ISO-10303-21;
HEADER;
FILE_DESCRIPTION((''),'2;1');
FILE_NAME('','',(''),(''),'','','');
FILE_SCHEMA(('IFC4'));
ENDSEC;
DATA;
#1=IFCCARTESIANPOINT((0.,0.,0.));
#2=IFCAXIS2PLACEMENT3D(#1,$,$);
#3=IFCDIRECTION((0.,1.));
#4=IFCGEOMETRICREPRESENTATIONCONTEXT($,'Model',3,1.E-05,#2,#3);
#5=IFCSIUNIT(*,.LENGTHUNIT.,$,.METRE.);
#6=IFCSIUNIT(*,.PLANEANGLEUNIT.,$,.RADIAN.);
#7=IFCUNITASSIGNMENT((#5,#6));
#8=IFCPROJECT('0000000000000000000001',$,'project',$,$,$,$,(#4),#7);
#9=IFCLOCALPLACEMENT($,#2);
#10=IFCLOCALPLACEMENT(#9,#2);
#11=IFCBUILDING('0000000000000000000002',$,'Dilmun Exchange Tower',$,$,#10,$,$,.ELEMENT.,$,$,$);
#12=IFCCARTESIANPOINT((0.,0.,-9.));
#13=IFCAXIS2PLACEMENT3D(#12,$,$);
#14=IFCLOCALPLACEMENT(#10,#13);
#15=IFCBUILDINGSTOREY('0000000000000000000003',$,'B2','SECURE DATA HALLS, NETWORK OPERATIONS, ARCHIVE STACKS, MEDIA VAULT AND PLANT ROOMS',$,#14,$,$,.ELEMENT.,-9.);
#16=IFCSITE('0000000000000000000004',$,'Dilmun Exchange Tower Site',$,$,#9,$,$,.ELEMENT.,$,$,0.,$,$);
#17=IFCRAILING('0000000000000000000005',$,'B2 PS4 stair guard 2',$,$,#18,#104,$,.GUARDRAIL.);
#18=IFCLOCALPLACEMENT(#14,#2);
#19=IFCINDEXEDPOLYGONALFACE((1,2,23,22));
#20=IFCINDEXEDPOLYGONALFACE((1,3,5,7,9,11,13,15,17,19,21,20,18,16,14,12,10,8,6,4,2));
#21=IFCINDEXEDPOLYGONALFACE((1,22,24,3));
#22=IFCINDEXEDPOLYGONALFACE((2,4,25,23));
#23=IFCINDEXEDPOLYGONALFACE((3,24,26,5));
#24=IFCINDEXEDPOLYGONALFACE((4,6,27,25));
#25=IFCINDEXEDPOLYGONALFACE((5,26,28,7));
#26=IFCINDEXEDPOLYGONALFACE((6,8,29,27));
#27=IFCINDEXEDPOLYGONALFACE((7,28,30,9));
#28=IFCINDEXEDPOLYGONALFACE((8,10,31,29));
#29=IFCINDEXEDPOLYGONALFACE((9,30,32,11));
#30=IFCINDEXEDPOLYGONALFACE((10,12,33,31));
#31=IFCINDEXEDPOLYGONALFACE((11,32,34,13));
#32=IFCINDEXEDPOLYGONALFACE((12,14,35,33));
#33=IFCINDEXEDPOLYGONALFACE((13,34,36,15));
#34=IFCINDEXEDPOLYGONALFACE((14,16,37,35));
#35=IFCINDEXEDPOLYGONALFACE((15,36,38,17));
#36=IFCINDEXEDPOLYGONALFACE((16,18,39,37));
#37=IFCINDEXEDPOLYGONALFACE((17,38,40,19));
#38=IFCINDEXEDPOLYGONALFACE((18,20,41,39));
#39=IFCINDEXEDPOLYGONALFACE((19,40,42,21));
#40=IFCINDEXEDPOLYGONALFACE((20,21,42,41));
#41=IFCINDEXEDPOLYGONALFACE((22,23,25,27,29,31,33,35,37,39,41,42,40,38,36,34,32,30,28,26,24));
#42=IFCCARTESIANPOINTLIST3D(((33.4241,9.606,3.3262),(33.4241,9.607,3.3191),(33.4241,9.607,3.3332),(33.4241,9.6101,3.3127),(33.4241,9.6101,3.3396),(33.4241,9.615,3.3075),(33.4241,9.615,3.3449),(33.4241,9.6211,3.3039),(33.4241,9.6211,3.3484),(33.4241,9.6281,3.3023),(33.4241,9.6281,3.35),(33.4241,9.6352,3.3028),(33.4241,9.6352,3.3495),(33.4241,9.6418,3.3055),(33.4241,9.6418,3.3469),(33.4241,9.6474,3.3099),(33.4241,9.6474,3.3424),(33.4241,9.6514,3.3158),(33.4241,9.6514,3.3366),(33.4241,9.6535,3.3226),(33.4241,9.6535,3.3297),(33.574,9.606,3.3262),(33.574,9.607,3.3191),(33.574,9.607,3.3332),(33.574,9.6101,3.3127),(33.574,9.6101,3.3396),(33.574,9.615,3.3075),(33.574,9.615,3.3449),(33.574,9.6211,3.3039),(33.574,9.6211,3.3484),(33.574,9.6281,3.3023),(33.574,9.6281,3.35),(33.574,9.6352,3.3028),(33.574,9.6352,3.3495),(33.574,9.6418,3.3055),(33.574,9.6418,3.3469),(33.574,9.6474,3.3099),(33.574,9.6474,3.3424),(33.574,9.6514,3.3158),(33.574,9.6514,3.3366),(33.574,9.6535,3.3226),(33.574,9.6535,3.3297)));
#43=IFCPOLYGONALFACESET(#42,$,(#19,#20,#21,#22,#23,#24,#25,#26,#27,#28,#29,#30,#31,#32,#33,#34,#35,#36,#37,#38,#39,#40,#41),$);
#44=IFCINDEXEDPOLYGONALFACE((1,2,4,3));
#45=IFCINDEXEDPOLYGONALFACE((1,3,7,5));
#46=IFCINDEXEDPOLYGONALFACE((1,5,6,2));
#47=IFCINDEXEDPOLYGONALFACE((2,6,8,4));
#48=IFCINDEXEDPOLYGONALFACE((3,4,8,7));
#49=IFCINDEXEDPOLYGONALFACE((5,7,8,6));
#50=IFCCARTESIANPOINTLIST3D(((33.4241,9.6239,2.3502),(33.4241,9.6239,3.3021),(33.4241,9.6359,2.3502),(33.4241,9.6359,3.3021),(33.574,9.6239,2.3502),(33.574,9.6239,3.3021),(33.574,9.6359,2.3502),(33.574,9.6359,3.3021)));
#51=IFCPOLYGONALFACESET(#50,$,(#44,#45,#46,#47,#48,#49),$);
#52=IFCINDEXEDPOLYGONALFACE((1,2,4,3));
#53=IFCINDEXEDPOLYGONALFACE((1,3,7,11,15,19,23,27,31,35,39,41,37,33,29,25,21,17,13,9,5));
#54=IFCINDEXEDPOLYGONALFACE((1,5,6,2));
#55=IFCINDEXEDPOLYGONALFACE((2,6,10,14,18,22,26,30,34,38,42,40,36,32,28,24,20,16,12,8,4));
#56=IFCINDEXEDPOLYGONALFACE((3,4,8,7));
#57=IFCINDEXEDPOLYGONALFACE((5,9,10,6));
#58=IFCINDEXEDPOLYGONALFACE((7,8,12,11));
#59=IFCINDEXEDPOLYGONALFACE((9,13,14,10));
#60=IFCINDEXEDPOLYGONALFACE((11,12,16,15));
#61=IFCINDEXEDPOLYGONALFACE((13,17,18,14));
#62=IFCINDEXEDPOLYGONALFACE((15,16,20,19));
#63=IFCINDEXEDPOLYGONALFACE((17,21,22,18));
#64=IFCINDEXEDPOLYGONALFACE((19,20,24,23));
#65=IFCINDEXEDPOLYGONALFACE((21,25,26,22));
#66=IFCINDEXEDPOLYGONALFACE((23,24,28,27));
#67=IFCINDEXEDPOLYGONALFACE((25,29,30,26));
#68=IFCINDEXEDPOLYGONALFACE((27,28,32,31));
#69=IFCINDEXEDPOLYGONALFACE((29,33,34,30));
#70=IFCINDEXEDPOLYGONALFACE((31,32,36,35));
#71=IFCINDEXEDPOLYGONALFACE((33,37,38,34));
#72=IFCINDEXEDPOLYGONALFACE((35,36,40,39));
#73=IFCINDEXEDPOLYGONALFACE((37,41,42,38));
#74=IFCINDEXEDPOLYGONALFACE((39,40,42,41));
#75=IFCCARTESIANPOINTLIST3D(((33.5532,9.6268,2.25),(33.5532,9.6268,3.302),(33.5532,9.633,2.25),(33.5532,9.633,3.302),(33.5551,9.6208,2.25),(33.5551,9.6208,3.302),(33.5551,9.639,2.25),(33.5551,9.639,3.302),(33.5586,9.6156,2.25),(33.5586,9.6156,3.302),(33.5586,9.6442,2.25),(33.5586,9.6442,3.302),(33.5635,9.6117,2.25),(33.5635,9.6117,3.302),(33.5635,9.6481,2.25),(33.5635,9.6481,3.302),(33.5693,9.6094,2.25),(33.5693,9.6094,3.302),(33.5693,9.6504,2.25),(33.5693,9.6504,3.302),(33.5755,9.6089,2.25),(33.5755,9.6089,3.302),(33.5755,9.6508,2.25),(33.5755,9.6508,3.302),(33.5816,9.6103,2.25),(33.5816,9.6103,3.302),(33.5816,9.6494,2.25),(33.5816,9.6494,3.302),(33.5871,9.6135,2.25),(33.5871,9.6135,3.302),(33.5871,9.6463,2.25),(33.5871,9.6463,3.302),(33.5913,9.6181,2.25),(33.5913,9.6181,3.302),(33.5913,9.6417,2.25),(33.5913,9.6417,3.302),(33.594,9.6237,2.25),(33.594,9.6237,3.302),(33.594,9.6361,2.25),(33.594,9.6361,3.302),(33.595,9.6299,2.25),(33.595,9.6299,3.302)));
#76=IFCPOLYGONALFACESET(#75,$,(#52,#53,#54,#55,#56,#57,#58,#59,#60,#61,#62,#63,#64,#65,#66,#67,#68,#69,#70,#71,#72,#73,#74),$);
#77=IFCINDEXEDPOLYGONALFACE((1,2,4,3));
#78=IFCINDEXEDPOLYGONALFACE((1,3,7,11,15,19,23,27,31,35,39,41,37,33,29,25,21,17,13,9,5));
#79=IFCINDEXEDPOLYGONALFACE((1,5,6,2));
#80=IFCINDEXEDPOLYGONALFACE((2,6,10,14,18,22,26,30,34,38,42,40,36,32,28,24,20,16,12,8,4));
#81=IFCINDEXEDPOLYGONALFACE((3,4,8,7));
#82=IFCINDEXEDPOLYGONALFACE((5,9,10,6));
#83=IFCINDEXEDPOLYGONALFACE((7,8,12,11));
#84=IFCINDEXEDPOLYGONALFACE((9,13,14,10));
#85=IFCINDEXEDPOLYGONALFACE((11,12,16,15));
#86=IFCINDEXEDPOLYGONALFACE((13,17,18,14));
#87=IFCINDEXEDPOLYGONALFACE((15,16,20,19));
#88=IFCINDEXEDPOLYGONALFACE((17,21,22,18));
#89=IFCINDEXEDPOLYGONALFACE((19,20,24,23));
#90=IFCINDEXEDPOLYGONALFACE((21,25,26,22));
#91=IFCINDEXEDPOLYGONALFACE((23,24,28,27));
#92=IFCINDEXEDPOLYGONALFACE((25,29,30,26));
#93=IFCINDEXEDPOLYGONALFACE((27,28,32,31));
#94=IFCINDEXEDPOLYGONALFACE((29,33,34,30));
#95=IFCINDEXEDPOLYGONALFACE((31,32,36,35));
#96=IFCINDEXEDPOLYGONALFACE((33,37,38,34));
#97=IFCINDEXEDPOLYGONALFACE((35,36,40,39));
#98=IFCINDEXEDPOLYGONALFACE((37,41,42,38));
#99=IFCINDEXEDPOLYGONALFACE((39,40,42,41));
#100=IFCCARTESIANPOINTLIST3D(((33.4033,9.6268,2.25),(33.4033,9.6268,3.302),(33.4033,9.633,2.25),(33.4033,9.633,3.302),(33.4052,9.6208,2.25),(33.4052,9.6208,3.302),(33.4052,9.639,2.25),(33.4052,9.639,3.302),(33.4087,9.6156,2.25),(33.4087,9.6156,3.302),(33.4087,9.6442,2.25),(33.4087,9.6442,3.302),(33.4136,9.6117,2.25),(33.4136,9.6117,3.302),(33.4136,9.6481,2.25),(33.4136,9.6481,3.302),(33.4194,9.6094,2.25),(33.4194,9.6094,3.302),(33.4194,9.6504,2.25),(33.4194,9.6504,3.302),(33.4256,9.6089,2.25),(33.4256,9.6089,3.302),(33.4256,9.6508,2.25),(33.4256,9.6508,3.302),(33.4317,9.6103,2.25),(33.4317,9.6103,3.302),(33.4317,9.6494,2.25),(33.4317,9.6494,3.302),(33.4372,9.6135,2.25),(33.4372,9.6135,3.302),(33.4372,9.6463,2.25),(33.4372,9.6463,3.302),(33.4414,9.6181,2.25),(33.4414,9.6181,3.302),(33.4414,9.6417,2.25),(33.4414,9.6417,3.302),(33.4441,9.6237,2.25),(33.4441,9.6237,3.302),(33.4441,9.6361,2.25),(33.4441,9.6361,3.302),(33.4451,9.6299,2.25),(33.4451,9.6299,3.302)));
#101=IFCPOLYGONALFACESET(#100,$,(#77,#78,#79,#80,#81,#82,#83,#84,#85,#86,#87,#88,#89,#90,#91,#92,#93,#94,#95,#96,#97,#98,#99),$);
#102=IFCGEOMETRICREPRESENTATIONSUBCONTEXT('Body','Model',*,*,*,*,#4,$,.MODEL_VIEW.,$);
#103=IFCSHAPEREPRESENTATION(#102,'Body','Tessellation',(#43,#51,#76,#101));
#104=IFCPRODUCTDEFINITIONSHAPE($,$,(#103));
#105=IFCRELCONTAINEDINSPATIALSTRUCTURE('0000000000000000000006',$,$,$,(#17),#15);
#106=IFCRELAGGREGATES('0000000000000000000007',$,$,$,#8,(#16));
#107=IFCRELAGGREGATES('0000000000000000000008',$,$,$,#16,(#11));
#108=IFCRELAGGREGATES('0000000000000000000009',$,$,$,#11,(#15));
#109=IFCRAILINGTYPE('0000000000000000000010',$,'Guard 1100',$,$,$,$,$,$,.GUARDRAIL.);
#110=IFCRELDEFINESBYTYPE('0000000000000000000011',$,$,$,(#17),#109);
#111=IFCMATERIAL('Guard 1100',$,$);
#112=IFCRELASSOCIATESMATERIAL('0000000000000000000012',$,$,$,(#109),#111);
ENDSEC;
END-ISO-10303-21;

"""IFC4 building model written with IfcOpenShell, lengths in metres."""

from ifc_helpers import new_model, si_unit, direction, frame, origin, origin_2d, place, context, subcontext, project, spatial, rectangle, circle, extrude, material, type_object, element, save


model = new_model("IFC4")

# Units and contexts
model_context = context("Model", 3, precision=1e-05, world=origin(), true_north=direction((0.0, 1.0)))
body_context = subcontext(model_context, "Body", "Model", "MODEL_VIEW")
ifc_project = project(units=[si_unit("LENGTHUNIT", "METRE"), si_unit("PLANEANGLEUNIT", "RADIAN")], contexts=[model_context])

# Site, building, storey
site_placement = place(None, origin())
site = spatial("IfcSite", under=ifc_project, at=site_placement, Name="Dilmun Exchange Tower Site", CompositionType="ELEMENT", RefElevation=0.0)
building_placement = place(site_placement, origin())
building = spatial("IfcBuilding", under=site, at=building_placement, Name="Dilmun Exchange Tower", CompositionType="ELEMENT")
storey_placement = place(building_placement, frame((0.0, 0.0, -9.0)))
storey = spatial("IfcBuildingStorey", under=building, at=storey_placement, Name="B2", Description="SECURE DATA HALLS, NETWORK OPERATIONS, ARCHIVE STACKS, MEDIA VAULT AND PLANT ROOMS", CompositionType="ELEMENT", Elevation=-9.0)

# Railing
ifc_material_1 = material(Name="Guard 1100")
railing_type_1 = type_object("IfcRailingType", Name="Guard 1100", PredefinedType="GUARDRAIL", material=ifc_material_1)
railing_1_placement = place(storey_placement, frame((33.574, 9.6299, 2.25)))
element("IfcRailing", 1, at=railing_1_placement, inside=storey, type_object=railing_type_1, Name="B2 PS4 stair guard 2", PredefinedType="GUARDRAIL", context=body_context, shape_type="SweptSolid", body=[
    extrude(circle(Radius=0.0239, at=origin_2d()), frame((0.0, 0.0, 1.0762), z_axis=(-1.0, 0.0, 0.0), x_axis=(0.0, -1.0, 0.0)), (0.0, 0.0, 1.0), 0.1499),
    extrude(rectangle(XDim=0.012, YDim=0.9519, at=origin_2d()), frame((0.0, 0.0, 0.5762), z_axis=(-1.0, 0.0, 0.0), x_axis=(0.0, -1.0, 0.0)), (0.0, 0.0, 1.0), 0.1499),
    extrude(circle(Radius=0.021, at=origin_2d()), origin(), (0.0, 0.0, 1.0), 1.052),
    extrude(circle(Radius=0.021, at=origin_2d()), frame((-0.1499, 0.0, 0.0)), (0.0, 0.0, 1.0), 1.052),
])

save(model, "model.ifc")
